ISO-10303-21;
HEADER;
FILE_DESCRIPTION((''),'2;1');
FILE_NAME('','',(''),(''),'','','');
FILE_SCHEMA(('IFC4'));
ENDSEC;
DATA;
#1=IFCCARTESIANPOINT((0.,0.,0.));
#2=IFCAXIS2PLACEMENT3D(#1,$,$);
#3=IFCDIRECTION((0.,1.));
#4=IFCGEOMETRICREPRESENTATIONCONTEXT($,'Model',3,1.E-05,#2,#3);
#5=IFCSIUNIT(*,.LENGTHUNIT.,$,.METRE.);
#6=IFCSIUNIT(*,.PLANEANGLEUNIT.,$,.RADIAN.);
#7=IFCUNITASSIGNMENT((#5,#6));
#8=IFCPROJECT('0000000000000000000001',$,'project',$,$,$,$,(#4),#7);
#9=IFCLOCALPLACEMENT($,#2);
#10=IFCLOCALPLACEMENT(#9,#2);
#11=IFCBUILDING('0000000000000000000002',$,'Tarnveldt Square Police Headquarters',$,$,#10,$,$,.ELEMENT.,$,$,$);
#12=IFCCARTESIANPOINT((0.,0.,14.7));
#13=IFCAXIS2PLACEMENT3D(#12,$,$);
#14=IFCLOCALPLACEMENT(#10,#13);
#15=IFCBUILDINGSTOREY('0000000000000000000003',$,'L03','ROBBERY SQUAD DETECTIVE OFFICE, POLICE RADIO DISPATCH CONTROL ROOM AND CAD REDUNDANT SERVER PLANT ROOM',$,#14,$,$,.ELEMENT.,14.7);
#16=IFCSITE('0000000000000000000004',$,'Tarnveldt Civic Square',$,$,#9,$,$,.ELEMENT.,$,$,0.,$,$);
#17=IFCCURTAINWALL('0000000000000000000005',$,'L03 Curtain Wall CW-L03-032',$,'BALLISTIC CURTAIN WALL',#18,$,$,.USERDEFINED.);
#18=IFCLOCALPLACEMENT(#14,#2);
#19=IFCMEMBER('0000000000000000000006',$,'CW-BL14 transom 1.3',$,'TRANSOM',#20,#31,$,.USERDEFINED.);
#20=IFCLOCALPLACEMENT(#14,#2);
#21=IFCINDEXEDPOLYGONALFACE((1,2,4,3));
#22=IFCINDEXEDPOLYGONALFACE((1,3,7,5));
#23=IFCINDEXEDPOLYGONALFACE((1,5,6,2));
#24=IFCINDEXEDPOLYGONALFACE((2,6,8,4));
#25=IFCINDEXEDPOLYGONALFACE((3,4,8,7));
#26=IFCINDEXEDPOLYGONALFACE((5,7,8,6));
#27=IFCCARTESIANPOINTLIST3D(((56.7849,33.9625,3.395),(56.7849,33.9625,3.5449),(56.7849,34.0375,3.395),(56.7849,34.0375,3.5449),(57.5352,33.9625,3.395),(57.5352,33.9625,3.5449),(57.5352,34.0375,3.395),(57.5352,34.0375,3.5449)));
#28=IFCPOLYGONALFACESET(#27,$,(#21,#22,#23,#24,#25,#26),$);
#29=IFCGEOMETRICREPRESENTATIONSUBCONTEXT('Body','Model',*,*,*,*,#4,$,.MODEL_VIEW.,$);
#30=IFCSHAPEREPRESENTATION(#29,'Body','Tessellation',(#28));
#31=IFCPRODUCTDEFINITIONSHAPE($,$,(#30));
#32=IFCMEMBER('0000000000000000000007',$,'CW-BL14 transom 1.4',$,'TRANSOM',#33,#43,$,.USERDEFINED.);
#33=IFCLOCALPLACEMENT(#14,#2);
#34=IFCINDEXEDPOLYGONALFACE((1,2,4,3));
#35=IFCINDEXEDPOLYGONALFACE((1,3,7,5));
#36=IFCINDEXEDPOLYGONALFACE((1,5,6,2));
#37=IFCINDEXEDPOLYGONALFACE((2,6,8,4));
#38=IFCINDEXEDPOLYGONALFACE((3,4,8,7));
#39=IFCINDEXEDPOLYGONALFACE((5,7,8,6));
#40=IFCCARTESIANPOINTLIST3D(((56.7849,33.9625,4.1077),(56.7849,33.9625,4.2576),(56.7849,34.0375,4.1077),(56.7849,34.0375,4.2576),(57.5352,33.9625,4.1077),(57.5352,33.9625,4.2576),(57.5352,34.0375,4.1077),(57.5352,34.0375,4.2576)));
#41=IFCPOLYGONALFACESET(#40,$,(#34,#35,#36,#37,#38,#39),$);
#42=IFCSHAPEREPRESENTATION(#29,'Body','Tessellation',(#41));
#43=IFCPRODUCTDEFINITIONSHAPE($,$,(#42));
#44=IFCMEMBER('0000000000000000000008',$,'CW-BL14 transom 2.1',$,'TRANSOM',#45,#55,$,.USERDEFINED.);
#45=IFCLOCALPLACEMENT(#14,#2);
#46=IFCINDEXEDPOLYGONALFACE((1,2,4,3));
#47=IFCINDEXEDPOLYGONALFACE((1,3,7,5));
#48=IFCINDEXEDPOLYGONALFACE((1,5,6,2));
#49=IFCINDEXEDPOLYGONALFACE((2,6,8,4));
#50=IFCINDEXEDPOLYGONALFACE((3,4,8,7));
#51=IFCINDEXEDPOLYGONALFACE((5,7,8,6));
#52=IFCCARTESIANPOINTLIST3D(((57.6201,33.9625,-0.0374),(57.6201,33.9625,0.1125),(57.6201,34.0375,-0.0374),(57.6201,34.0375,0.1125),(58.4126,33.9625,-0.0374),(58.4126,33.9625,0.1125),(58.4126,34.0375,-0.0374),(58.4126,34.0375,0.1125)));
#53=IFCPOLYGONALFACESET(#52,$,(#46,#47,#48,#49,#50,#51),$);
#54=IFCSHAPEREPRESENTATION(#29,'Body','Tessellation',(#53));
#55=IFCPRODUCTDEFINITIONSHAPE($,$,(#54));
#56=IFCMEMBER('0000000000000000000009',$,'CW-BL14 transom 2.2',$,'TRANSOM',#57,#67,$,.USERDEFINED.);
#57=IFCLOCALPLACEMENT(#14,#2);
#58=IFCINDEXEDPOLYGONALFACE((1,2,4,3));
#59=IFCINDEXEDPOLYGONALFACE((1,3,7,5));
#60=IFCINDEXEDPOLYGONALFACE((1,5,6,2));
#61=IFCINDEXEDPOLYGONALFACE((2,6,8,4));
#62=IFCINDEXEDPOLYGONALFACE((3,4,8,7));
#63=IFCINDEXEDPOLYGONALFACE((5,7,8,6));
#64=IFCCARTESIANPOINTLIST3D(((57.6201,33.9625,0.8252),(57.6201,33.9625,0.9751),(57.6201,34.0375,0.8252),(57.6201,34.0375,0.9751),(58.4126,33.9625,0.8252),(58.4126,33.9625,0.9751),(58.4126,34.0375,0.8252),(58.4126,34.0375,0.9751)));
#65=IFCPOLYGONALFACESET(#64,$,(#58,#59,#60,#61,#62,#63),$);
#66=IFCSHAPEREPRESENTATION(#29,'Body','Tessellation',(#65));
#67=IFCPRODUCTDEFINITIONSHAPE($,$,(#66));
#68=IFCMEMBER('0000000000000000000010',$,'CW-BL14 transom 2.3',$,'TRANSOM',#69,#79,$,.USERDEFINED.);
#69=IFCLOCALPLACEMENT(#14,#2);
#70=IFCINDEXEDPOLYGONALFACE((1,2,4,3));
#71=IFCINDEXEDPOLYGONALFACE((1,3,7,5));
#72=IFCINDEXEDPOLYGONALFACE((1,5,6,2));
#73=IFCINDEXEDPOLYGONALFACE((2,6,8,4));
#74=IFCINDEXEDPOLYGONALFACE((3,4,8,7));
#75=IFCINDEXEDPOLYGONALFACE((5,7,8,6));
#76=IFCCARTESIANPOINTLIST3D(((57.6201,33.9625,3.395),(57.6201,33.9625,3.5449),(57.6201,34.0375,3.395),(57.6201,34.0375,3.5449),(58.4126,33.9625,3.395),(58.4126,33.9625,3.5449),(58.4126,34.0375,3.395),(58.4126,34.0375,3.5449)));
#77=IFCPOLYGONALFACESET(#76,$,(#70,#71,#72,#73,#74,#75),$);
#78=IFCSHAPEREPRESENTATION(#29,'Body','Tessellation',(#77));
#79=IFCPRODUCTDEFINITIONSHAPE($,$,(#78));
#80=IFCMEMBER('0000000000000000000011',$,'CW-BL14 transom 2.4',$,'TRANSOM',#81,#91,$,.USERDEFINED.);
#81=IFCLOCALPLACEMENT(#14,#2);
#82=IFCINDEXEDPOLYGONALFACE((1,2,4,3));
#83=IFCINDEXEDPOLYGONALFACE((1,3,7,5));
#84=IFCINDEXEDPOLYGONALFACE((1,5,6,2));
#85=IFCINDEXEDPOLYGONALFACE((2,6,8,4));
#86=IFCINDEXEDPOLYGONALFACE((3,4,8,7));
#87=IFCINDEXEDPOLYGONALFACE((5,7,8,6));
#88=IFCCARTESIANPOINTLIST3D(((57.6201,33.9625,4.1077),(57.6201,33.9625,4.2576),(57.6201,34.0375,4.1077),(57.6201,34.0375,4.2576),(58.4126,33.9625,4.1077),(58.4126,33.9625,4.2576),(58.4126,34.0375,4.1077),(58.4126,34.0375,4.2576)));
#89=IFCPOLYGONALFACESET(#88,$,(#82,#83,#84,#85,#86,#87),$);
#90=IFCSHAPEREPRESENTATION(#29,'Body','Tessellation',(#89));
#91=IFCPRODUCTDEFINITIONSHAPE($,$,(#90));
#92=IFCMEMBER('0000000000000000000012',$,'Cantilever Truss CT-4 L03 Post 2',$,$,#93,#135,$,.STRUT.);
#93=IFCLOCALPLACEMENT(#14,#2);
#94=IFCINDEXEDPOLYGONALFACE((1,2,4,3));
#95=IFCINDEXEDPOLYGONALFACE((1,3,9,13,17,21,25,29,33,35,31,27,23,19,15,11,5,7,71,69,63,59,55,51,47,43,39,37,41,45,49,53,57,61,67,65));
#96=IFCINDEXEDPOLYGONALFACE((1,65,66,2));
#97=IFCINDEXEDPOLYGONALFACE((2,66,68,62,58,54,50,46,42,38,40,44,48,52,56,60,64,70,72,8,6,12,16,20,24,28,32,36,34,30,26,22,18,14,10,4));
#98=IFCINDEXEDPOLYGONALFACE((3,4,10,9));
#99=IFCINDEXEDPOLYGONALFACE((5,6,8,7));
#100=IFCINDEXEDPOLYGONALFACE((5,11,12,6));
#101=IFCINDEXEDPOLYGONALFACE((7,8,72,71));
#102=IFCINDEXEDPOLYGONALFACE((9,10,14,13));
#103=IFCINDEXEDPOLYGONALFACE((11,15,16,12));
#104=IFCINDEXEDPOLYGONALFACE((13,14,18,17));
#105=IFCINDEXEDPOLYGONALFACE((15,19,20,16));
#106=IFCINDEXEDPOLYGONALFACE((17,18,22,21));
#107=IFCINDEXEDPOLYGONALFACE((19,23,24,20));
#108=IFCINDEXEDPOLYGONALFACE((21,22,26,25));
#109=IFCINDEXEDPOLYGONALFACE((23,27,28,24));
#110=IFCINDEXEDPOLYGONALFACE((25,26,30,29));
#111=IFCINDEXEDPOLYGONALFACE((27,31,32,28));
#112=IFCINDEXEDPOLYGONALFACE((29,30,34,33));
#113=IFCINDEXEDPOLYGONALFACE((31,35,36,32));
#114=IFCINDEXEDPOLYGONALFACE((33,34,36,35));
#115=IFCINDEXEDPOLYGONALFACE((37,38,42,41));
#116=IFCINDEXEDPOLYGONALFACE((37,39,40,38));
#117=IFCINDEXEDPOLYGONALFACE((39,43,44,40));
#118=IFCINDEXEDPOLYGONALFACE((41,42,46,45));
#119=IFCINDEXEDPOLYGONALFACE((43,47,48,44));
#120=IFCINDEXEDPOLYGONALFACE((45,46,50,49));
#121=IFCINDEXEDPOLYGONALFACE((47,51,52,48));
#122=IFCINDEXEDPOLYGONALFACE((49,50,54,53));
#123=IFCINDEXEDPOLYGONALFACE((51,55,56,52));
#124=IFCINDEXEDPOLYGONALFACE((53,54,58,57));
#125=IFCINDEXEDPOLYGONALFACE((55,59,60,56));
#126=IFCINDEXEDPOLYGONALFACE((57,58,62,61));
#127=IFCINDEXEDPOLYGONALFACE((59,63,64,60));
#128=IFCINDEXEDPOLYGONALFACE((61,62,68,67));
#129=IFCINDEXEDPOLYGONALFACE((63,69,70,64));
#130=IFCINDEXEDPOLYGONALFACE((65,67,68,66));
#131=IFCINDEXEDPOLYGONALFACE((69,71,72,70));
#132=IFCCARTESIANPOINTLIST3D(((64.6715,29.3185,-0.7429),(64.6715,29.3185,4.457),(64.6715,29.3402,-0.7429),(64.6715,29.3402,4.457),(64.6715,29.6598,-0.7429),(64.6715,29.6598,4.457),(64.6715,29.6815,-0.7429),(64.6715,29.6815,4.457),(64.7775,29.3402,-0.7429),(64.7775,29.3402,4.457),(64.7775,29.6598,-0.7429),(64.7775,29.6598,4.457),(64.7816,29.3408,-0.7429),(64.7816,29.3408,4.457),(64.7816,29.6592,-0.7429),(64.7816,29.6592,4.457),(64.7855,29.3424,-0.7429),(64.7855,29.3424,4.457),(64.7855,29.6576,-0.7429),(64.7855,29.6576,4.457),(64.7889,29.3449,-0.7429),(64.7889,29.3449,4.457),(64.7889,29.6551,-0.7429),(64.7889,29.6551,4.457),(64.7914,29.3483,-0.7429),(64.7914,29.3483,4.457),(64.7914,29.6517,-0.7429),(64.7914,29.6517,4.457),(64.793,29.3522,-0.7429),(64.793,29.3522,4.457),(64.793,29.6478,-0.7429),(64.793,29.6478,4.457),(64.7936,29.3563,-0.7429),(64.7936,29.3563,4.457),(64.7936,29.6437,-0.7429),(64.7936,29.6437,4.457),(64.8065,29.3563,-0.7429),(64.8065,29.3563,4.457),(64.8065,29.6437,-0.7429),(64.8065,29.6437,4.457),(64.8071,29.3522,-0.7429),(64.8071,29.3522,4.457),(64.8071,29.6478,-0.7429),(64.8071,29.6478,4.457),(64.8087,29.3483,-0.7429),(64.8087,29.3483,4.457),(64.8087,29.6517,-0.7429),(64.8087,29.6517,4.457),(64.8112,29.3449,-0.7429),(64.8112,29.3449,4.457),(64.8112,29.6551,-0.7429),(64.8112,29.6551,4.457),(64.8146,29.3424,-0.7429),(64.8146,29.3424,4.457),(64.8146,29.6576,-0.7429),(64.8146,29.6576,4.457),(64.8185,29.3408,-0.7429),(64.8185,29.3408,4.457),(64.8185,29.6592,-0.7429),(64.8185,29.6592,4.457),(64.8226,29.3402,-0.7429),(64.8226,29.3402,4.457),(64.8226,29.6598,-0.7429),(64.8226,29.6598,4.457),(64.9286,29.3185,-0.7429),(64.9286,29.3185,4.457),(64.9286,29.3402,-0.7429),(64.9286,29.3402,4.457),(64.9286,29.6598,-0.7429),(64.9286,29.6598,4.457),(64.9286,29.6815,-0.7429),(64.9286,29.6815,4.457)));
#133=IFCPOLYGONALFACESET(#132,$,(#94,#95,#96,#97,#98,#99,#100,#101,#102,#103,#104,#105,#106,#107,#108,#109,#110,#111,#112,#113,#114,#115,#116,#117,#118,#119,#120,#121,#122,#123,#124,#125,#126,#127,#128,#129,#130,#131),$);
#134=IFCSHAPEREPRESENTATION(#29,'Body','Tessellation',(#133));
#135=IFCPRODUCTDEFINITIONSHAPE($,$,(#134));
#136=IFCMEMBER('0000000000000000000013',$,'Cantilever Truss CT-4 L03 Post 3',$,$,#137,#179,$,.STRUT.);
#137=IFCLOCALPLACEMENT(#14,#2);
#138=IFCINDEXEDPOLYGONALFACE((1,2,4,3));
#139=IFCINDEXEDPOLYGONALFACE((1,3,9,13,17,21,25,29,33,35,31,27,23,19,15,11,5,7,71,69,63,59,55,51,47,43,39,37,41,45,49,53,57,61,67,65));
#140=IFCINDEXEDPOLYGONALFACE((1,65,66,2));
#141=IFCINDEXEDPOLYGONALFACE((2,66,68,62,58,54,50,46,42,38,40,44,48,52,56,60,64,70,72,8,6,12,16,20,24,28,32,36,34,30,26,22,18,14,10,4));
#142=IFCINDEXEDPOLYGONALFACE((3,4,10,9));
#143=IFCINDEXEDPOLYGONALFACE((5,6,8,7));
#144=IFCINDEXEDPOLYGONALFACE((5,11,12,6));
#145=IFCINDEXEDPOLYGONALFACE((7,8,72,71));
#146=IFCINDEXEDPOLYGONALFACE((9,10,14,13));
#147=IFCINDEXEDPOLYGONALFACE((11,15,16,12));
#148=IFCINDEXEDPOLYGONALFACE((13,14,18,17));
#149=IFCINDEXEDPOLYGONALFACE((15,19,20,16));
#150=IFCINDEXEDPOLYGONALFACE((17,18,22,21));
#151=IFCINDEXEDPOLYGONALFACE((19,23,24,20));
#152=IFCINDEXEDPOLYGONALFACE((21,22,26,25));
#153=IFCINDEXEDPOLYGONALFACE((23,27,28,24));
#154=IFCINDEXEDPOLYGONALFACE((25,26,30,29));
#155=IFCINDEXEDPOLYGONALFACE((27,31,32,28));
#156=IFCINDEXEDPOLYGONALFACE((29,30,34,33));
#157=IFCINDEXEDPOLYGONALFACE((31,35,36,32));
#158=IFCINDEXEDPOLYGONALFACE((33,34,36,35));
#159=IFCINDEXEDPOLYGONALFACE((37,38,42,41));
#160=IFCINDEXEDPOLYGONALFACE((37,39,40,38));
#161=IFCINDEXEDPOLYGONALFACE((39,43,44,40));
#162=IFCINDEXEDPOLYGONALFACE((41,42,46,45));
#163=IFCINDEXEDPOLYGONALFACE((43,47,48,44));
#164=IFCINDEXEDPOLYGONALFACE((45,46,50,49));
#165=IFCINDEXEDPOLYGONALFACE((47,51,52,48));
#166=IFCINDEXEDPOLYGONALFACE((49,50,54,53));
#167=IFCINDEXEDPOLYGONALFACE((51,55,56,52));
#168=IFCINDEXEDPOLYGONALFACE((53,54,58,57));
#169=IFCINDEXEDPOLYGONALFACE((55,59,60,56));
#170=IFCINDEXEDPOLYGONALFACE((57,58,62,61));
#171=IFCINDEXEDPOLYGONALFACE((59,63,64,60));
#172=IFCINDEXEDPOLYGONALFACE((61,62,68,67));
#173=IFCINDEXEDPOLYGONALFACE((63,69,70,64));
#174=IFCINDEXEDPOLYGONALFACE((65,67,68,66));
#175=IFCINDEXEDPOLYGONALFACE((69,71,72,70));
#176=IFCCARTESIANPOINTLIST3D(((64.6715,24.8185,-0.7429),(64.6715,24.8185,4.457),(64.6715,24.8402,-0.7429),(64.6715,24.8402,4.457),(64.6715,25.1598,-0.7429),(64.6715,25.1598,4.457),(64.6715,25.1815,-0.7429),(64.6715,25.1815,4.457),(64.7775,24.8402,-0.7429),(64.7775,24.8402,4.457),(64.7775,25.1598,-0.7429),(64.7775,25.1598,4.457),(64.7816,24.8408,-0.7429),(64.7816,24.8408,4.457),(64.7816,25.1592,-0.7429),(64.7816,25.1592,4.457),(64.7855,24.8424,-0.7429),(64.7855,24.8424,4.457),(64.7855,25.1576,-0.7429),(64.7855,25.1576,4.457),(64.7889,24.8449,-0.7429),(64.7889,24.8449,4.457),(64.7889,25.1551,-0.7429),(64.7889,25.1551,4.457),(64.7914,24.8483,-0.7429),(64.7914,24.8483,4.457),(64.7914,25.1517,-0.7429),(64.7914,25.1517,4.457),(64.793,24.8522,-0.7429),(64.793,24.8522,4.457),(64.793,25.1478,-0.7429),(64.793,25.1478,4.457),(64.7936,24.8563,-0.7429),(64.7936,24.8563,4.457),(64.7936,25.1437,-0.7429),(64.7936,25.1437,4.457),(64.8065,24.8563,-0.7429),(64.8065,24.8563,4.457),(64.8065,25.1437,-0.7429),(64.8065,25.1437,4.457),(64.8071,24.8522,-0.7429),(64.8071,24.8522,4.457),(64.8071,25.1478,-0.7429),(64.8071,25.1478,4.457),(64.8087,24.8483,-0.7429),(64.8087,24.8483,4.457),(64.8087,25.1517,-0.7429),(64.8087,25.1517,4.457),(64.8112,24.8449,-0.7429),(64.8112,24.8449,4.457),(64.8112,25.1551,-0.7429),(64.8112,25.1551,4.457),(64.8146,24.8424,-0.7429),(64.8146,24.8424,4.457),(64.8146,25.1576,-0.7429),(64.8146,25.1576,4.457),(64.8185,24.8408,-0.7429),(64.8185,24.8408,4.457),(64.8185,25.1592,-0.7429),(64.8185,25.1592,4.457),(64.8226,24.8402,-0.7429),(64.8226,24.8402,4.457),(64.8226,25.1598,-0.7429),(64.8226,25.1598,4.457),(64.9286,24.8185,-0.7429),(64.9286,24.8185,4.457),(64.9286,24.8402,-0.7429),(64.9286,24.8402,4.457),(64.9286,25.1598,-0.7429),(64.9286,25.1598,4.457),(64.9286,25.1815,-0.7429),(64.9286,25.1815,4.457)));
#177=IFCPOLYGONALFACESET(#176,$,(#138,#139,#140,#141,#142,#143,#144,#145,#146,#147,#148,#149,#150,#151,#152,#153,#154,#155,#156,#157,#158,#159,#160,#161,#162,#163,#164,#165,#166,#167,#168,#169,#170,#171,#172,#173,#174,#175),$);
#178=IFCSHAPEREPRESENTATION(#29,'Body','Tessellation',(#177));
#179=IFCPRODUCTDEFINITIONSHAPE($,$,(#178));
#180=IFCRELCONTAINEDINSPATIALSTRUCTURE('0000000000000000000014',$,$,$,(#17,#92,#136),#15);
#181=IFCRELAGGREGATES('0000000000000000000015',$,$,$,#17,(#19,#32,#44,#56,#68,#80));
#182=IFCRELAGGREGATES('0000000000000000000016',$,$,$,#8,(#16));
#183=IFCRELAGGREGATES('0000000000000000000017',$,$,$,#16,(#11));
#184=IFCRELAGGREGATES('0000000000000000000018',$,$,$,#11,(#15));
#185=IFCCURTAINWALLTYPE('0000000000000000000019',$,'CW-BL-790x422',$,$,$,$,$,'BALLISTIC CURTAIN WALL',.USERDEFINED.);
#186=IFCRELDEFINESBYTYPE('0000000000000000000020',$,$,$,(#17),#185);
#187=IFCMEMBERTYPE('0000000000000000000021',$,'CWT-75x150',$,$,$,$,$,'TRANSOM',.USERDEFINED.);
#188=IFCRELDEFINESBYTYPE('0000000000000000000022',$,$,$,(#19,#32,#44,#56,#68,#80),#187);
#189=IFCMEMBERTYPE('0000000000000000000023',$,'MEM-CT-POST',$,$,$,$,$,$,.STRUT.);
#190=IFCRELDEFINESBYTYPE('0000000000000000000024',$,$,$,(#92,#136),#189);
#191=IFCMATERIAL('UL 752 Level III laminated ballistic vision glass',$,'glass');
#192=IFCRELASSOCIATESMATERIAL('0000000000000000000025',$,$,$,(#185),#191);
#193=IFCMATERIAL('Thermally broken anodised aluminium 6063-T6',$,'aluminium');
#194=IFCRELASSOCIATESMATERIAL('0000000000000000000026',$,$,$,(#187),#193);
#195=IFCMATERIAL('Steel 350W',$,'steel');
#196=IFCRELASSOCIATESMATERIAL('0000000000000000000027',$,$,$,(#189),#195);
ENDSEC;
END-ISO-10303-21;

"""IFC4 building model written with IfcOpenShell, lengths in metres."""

from ifc_helpers import new_model, si_unit, direction, frame, origin, origin_2d, place, context, subcontext, project, spatial, rectangle, i_section, extrude, material, material_profile, profile_set, type_object, element, aggregate, save


model = new_model("IFC4")

# Units and contexts
model_context = context("Model", 3, precision=1e-05, world=origin(), true_north=direction((0.0, 1.0)))
body_context = subcontext(model_context, "Body", "Model", "MODEL_VIEW")
ifc_project = project(units=[si_unit("LENGTHUNIT", "METRE"), si_unit("PLANEANGLEUNIT", "RADIAN")], contexts=[model_context])

# Site, building, storey
site_placement = place(None, origin())
site = spatial("IfcSite", under=ifc_project, at=site_placement, Name="Tarnveldt Civic Square", CompositionType="ELEMENT", RefElevation=0.0)
building_placement = place(site_placement, origin())
building = spatial("IfcBuilding", under=site, at=building_placement, Name="Tarnveldt Square Police Headquarters", CompositionType="ELEMENT")
storey_placement = place(building_placement, frame((0.0, 0.0, 14.7)))
storey = spatial("IfcBuildingStorey", under=building, at=storey_placement, Name="L03", Description="ROBBERY SQUAD DETECTIVE OFFICE, POLICE RADIO DISPATCH CONTROL ROOM AND CAD REDUNDANT SERVER PLANT ROOM", CompositionType="ELEMENT", Elevation=14.7)

# Shared definitions
ifc_material_1 = material(Name="Steel 350W", Category="steel")

# Curtain wall, members
ifc_material_2 = material(Name="UL 752 Level III laminated ballistic vision glass", Category="glass")
curtain_wall_type = type_object("IfcCurtainWallType", Name="CW-BL-790x422", ElementType="BALLISTIC CURTAIN WALL", PredefinedType="USERDEFINED", material=ifc_material_2)
curtain_wall_placement = place(storey_placement, origin())
curtain_wall = element("IfcCurtainWall", 1, at=curtain_wall_placement, inside=storey, type_object=curtain_wall_type, Name="L03 Curtain Wall CW-L03-032", ObjectType="BALLISTIC CURTAIN WALL", PredefinedType="USERDEFINED")
ifc_material_3 = material(Name="Thermally broken anodised aluminium 6063-T6", Category="aluminium")
ifc_material_profile_1 = material_profile(ifc_material_3, rectangle(XDim=0.075, YDim=0.1499, at=origin_2d()), Name="CW-T75x150")
ifc_profile_set_1 = profile_set([ifc_material_profile_1], Name="Thermally broken anodised aluminium 6063-T6")
member_type_1 = type_object("IfcMemberType", Name="CWT-75x150", ElementType="TRANSOM", PredefinedType="USERDEFINED", material=ifc_profile_set_1)
member_1_placement = place(storey_placement, frame((56.7849, 34.0, 3.47), z_axis=(1.0, 0.0, 0.0), x_axis=(0.0, 1.0, 0.0)))
member_1 = element("IfcMember", 2, at=member_1_placement, type_object=member_type_1, Name="CW-BL14 transom 1.3", ObjectType="TRANSOM", PredefinedType="USERDEFINED", context=body_context, shape_type="SweptSolid", body=[
    extrude(rectangle(XDim=0.075, YDim=0.1499, at=origin_2d()), origin(), (0.0, 0.0, 1.0), 0.7502),
])
member_2_placement = place(storey_placement, frame((56.7849, 34.0, 4.1826), z_axis=(1.0, 0.0, 0.0), x_axis=(0.0, 1.0, 0.0)))
member_2 = element("IfcMember", 3, at=member_2_placement, type_object=member_type_1, Name="CW-BL14 transom 1.4", ObjectType="TRANSOM", PredefinedType="USERDEFINED", context=body_context, shape_type="SweptSolid", body=[
    extrude(rectangle(XDim=0.075, YDim=0.1499, at=origin_2d()), origin(), (0.0, 0.0, 1.0), 0.7502),
])
member_3_placement = place(storey_placement, frame((57.6201, 34.0, 0.0376), z_axis=(1.0, 0.0, 0.0), x_axis=(0.0, 1.0, 0.0)))
member_3 = element("IfcMember", 4, at=member_3_placement, type_object=member_type_1, Name="CW-BL14 transom 2.1", ObjectType="TRANSOM", PredefinedType="USERDEFINED", context=body_context, shape_type="SweptSolid", body=[
    extrude(rectangle(XDim=0.075, YDim=0.1499, at=origin_2d()), origin(), (0.0, 0.0, 1.0), 0.7925),
])
member_4_placement = place(storey_placement, frame((57.6201, 34.0, 0.9001), z_axis=(1.0, 0.0, 0.0), x_axis=(0.0, 1.0, 0.0)))
member_4 = element("IfcMember", 5, at=member_4_placement, type_object=member_type_1, Name="CW-BL14 transom 2.2", ObjectType="TRANSOM", PredefinedType="USERDEFINED", context=body_context, shape_type="SweptSolid", body=[
    extrude(rectangle(XDim=0.075, YDim=0.1499, at=origin_2d()), origin(), (0.0, 0.0, 1.0), 0.7925),
])
member_5_placement = place(storey_placement, frame((57.6201, 34.0, 3.47), z_axis=(1.0, 0.0, 0.0), x_axis=(0.0, 1.0, 0.0)))
member_5 = element("IfcMember", 6, at=member_5_placement, type_object=member_type_1, Name="CW-BL14 transom 2.3", ObjectType="TRANSOM", PredefinedType="USERDEFINED", context=body_context, shape_type="SweptSolid", body=[
    extrude(rectangle(XDim=0.075, YDim=0.1499, at=origin_2d()), origin(), (0.0, 0.0, 1.0), 0.7925),
])
member_6_placement = place(storey_placement, frame((57.6201, 34.0, 4.1826), z_axis=(1.0, 0.0, 0.0), x_axis=(0.0, 1.0, 0.0)))
member_6 = element("IfcMember", 7, at=member_6_placement, type_object=member_type_1, Name="CW-BL14 transom 2.4", ObjectType="TRANSOM", PredefinedType="USERDEFINED", context=body_context, shape_type="SweptSolid", body=[
    extrude(rectangle(XDim=0.075, YDim=0.1499, at=origin_2d()), origin(), (0.0, 0.0, 1.0), 0.7925),
])

# Members
ifc_material_profile_2 = material_profile(ifc_material_1, i_section(OverallWidth=0.2571, OverallDepth=0.363, WebThickness=0.0129, FlangeThickness=0.0217, FilletRadius=0.0161, at=origin_2d()), Name="W360x122")
ifc_profile_set_2 = profile_set([ifc_material_profile_2], Name="Steel 350W")
member_type_2 = type_object("IfcMemberType", Name="MEM-CT-POST", PredefinedType="STRUT", material=ifc_profile_set_2)
for number, where, z_axis, x_axis, name in (
    (8, (64.8, 29.5, -0.7429), (0.0, 0.0, 1.0), (1.0, 0.0, 0.0), "Cantilever Truss CT-4 L03 Post 2"),
    (9, (64.8, 25.0, -0.7429), (0.0, 0.0, 1.0), (1.0, 0.0, 0.0), "Cantilever Truss CT-4 L03 Post 3"),
):
    element("IfcMember", number, at=place(storey_placement, frame(where, z_axis=z_axis, x_axis=x_axis)), inside=storey, type_object=member_type_2, Name=name, PredefinedType="STRUT", context=body_context, shape_type="SweptSolid", body=[
        extrude(i_section(OverallWidth=0.2571, OverallDepth=0.363, WebThickness=0.0129, FlangeThickness=0.0217, FilletRadius=0.0161, at=origin_2d()), origin(), (0.0, 0.0, 1.0), 5.2),
    ])

aggregate(curtain_wall, [member_1, member_2, member_3, member_4, member_5, member_6])

save(model, "model.ifc")
